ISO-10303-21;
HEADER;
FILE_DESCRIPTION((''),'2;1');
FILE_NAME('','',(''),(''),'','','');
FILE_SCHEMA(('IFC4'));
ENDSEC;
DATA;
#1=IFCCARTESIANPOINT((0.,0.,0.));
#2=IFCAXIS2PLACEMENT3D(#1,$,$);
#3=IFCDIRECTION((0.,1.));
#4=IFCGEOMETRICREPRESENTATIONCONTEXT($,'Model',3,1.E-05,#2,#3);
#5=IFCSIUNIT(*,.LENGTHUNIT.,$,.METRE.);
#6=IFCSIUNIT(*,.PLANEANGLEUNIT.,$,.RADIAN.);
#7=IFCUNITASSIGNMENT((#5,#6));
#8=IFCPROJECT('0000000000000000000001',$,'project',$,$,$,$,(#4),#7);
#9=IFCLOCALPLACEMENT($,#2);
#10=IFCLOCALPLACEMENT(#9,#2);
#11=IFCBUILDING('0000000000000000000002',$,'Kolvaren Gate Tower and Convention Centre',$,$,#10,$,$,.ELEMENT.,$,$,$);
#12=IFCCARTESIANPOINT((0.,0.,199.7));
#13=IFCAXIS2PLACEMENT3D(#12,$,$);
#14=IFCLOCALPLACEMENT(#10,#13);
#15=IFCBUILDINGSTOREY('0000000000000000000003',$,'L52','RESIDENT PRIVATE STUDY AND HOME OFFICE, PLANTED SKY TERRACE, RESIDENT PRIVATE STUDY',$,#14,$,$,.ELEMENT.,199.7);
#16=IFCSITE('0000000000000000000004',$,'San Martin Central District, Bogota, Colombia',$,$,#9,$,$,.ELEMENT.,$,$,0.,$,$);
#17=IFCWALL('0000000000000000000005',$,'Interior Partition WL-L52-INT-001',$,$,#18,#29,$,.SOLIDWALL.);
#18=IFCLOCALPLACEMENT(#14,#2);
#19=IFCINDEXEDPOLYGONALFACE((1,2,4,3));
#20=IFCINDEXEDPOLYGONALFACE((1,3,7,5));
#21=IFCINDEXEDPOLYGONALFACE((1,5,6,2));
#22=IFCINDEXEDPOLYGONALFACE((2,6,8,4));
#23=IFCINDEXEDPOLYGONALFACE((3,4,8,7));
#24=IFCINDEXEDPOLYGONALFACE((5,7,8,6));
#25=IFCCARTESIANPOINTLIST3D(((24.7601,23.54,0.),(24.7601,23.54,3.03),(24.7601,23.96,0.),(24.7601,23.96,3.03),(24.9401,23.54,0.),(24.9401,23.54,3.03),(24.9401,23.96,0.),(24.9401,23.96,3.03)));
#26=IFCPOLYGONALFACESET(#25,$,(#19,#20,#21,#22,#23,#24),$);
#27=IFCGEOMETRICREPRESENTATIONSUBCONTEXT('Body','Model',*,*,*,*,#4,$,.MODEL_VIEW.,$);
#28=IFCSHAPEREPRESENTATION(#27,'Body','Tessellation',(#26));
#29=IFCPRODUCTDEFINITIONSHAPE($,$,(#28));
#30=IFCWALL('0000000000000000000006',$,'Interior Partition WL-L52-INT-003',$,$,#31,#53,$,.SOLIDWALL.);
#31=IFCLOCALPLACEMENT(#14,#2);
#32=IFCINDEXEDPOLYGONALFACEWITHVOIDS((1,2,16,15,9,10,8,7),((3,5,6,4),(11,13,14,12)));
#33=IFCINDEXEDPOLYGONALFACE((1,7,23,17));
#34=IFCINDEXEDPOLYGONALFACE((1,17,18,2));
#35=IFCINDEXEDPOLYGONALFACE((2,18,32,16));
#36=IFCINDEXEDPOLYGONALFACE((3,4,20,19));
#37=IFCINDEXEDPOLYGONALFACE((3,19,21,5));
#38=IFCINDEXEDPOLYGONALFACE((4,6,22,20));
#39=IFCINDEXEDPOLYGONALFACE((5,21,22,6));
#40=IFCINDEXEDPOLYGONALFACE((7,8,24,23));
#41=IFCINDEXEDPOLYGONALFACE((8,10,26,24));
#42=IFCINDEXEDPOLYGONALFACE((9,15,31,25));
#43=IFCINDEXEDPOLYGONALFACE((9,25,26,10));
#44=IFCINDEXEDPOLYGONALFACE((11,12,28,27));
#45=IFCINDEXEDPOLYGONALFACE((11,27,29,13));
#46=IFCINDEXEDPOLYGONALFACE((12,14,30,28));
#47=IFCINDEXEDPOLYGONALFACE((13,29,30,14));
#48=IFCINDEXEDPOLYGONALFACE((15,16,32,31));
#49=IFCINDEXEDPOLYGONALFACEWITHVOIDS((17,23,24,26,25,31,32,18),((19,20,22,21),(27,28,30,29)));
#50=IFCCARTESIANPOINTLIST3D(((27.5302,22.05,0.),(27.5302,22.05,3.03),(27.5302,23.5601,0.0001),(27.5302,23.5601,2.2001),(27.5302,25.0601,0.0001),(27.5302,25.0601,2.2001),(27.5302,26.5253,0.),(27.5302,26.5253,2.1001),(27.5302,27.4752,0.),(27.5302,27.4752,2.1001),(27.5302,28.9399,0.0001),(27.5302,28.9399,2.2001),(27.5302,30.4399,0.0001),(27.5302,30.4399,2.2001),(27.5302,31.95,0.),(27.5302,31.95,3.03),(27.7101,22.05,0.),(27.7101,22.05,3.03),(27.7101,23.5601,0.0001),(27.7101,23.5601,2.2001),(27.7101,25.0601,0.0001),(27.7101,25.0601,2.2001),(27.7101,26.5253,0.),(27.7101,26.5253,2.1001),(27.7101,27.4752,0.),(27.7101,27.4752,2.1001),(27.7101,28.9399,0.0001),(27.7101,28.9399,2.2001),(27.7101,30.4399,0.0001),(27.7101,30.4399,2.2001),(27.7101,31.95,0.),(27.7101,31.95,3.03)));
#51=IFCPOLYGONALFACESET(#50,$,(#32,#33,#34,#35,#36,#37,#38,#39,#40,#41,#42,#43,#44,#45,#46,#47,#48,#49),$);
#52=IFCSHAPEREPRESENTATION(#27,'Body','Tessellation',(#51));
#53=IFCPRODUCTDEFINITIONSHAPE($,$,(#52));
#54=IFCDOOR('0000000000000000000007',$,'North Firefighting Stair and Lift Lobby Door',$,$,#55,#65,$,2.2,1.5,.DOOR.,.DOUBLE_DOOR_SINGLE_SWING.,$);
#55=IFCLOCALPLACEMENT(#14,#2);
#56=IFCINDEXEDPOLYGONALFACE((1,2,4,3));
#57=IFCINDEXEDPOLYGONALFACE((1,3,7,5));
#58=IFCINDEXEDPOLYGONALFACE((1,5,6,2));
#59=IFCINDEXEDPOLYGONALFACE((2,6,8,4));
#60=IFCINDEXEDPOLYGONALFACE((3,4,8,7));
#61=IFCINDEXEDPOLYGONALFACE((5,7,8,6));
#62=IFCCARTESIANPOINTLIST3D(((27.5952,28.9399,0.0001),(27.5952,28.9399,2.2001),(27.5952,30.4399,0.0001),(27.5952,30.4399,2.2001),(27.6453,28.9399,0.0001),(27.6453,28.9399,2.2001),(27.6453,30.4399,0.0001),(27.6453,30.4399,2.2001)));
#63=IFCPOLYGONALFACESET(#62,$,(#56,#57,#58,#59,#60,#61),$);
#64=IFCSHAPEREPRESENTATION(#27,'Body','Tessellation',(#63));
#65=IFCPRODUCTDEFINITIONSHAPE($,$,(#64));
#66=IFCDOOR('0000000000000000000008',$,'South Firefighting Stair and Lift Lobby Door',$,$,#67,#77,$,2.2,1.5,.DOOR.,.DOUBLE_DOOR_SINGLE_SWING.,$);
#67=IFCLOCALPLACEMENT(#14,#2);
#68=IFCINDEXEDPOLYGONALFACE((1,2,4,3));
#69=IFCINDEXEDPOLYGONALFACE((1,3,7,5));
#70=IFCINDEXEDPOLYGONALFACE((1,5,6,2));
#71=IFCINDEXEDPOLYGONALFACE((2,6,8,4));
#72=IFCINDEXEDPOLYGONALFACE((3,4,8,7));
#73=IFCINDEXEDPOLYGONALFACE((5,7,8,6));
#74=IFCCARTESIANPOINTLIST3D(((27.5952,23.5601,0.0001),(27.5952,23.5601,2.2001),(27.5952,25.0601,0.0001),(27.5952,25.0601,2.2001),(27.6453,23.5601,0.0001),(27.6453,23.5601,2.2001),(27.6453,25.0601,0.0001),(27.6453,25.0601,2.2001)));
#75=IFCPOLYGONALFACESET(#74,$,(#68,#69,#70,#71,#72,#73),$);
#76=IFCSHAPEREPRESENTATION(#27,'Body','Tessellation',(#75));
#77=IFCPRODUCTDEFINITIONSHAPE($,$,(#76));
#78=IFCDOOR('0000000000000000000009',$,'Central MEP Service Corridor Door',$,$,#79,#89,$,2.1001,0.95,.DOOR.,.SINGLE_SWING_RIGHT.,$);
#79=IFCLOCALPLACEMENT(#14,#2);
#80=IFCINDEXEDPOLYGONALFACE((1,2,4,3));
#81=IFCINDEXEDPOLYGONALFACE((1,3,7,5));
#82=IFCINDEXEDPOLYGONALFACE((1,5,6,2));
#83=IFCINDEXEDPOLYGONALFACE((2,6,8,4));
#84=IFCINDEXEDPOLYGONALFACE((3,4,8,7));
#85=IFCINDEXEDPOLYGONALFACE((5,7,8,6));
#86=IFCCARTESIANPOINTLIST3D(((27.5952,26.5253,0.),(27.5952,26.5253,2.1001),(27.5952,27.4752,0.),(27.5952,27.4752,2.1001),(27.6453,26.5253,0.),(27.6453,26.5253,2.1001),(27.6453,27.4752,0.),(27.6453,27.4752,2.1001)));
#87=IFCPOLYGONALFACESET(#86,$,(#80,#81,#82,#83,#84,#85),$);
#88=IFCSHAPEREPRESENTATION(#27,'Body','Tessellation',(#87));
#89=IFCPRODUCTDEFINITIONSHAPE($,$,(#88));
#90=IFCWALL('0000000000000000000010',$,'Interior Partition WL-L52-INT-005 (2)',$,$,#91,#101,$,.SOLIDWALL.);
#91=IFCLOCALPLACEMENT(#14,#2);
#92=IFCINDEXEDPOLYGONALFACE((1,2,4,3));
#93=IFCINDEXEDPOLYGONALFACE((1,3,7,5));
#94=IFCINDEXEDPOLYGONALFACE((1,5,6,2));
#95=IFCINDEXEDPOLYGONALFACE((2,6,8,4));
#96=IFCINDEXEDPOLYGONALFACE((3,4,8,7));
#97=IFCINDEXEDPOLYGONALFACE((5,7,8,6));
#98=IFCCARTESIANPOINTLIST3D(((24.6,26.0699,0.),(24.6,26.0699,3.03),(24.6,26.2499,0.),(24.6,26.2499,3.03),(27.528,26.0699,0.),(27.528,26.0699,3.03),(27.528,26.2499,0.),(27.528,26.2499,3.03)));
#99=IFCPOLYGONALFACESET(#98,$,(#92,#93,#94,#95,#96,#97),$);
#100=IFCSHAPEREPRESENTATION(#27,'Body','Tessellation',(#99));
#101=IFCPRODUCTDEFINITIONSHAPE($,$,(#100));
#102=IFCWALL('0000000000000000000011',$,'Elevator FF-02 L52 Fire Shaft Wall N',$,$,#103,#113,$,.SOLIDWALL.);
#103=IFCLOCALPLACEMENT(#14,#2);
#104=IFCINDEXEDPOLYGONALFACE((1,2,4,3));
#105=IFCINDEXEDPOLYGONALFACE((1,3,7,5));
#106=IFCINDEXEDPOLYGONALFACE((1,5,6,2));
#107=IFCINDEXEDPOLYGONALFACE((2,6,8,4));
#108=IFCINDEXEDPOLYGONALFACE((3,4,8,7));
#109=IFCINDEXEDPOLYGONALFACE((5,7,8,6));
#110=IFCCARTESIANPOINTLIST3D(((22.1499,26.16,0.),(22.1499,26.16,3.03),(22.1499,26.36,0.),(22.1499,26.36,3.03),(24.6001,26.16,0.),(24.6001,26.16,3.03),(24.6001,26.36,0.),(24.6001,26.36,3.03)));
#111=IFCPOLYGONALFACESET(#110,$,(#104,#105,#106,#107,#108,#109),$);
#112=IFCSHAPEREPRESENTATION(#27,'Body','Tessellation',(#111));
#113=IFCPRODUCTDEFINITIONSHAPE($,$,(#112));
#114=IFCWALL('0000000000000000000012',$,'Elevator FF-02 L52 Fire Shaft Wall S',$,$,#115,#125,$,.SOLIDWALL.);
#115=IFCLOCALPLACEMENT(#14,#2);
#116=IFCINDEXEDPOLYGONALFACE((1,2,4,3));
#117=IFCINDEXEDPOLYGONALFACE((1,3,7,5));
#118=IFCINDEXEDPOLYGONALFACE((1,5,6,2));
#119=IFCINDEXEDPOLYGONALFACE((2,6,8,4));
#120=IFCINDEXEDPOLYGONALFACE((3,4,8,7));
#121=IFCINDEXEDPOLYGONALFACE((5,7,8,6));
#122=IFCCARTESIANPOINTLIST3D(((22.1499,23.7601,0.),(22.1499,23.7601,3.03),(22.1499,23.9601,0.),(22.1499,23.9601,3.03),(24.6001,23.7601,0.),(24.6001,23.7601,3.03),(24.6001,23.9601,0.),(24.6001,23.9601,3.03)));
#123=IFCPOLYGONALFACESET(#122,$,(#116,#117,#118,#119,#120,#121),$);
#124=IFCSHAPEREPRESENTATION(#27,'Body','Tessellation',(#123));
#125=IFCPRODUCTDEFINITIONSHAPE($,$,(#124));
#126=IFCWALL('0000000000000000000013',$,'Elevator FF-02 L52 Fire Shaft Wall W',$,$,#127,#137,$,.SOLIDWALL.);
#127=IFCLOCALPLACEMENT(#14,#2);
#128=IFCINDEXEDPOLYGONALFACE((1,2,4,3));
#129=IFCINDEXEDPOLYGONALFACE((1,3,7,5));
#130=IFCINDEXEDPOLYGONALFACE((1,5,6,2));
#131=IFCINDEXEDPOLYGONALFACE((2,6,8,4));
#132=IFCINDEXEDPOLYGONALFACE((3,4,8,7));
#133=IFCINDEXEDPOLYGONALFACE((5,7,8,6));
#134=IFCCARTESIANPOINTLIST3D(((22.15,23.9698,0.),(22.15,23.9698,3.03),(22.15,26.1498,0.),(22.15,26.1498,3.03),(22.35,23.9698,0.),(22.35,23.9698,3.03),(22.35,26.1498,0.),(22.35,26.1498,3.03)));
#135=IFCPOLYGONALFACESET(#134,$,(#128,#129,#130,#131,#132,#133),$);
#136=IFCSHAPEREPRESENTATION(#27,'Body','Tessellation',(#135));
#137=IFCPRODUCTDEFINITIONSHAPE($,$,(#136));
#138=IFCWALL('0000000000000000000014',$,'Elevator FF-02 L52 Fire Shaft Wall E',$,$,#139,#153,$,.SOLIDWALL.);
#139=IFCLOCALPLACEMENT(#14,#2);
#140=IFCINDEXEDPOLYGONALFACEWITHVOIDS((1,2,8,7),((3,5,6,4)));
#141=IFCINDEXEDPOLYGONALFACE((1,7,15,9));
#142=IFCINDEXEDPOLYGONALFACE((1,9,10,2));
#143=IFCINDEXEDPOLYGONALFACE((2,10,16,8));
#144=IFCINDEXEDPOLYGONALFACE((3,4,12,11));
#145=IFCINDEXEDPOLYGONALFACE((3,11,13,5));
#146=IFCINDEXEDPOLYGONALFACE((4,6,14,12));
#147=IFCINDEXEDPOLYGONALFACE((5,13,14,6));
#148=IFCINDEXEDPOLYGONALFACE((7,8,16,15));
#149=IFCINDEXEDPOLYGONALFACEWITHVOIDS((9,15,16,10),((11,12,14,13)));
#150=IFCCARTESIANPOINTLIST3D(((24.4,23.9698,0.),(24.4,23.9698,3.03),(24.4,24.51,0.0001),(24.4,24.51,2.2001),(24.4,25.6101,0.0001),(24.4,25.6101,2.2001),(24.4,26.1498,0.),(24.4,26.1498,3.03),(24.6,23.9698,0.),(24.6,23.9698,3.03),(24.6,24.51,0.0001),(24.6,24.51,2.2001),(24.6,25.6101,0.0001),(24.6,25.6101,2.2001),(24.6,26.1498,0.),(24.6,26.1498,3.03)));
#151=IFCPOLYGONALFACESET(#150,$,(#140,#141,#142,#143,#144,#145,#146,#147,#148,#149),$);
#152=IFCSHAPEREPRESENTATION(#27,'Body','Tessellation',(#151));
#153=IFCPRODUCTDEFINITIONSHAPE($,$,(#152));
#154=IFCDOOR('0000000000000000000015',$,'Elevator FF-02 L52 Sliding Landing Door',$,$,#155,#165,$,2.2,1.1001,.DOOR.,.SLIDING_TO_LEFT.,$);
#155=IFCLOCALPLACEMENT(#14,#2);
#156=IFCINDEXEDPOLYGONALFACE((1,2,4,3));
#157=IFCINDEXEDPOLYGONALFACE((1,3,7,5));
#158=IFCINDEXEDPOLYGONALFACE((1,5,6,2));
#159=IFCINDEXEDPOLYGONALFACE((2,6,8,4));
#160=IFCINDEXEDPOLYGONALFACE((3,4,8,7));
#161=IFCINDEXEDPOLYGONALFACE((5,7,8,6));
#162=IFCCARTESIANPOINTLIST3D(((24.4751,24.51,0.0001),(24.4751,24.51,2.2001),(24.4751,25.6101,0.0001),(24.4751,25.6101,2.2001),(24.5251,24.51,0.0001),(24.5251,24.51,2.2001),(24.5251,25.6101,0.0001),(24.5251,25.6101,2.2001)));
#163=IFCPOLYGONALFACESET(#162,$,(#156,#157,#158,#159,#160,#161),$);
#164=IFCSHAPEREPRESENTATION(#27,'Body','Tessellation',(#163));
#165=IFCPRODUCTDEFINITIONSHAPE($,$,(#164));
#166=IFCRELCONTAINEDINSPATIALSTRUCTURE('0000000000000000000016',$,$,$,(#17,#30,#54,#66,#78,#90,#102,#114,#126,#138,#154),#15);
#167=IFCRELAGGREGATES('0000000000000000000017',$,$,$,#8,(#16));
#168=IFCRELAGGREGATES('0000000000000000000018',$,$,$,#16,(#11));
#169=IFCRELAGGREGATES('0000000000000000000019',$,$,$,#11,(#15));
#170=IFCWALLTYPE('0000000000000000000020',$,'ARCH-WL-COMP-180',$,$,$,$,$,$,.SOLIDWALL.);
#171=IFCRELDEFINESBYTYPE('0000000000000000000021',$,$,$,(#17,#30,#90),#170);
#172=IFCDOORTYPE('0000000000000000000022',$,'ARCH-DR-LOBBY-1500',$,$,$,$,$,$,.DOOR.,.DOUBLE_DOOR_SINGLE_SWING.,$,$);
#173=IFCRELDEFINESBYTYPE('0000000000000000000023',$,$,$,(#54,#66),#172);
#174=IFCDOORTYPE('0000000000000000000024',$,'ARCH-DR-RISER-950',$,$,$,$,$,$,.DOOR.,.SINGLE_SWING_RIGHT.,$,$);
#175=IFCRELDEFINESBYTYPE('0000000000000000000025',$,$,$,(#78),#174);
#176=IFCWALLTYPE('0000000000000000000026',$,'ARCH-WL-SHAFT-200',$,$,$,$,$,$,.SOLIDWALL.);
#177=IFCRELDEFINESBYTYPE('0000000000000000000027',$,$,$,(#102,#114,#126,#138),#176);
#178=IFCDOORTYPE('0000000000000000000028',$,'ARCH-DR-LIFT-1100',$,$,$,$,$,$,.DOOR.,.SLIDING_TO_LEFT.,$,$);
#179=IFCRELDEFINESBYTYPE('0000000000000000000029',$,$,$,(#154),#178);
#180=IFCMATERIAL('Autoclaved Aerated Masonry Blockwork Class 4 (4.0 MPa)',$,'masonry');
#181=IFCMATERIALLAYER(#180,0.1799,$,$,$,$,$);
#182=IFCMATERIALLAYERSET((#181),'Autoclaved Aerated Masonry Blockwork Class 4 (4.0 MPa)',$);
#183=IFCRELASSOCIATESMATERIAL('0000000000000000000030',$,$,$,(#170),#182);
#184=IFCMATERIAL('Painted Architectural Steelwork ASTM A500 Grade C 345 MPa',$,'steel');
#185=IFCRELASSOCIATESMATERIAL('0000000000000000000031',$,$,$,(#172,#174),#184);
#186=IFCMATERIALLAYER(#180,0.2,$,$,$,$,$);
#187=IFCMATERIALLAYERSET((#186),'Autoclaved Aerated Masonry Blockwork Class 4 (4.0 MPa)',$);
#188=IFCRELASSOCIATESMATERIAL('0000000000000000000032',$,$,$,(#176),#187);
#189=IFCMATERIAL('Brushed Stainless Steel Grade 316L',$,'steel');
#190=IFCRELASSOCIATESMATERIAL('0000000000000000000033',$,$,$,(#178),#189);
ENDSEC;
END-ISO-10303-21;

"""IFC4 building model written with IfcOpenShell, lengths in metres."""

from ifc_helpers import new_model, si_unit, direction, frame, frame_2d, origin, place, context, subcontext, project, spatial, rectangle, extrude, material, layer, layer_set, type_object, element, fill, save


model = new_model("IFC4")

# Units and contexts
model_context = context("Model", 3, precision=1e-05, world=origin(), true_north=direction((0.0, 1.0)))
body_context = subcontext(model_context, "Body", "Model", "MODEL_VIEW")
ifc_project = project(units=[si_unit("LENGTHUNIT", "METRE"), si_unit("PLANEANGLEUNIT", "RADIAN")], contexts=[model_context])

# Site, building, storey
site_placement = place(None, origin())
site = spatial("IfcSite", under=ifc_project, at=site_placement, Name="San Martin Central District, Bogota, Colombia", CompositionType="ELEMENT", RefElevation=0.0)
building_placement = place(site_placement, origin())
building = spatial("IfcBuilding", under=site, at=building_placement, Name="Kolvaren Gate Tower and Convention Centre", CompositionType="ELEMENT")
storey_placement = place(building_placement, frame((0.0, 0.0, 199.7)))
storey = spatial("IfcBuildingStorey", under=building, at=storey_placement, Name="L52", Description="RESIDENT PRIVATE STUDY AND HOME OFFICE, PLANTED SKY TERRACE, RESIDENT PRIVATE STUDY", CompositionType="ELEMENT", Elevation=199.7)

# Wall
ifc_material_1 = material(Name="Autoclaved Aerated Masonry Blockwork Class 4 (4.0 MPa)", Category="masonry")
ifc_layer_1 = layer(ifc_material_1, 0.1799)
ifc_layer_set_1 = layer_set([ifc_layer_1], Name="Autoclaved Aerated Masonry Blockwork Class 4 (4.0 MPa)")
wall_type_1 = type_object("IfcWallType", Name="ARCH-WL-COMP-180", PredefinedType="SOLIDWALL", material=ifc_layer_set_1)
wall_1_placement = place(storey_placement, frame((24.8501, 23.54, 0.0), z_axis=(0.0, 0.0, 1.0), x_axis=(0.0, 1.0, 0.0)))
element("IfcWall", 1, at=wall_1_placement, inside=storey, type_object=wall_type_1, Name="Interior Partition WL-L52-INT-001", PredefinedType="SOLIDWALL", context=body_context, shape_type="SweptSolid", body=[
    extrude(rectangle(XDim=0.4199, YDim=0.1799, at=frame_2d((0.21, 0.0))), origin(), (0.0, 0.0, 1.0), 3.03),
])

# Wall, openings, doors
wall_2_placement = place(storey_placement, frame((27.6201, 22.05, 0.0), z_axis=(0.0, 0.0, 1.0), x_axis=(0.0, 1.0, 0.0)))
wall_2 = element("IfcWall", 2, at=wall_2_placement, inside=storey, type_object=wall_type_1, Name="Interior Partition WL-L52-INT-003", PredefinedType="SOLIDWALL", context=body_context, shape_type="SweptSolid", body=[
    extrude(rectangle(XDim=9.8999, YDim=0.1799, at=frame_2d((4.95, 0.0))), origin(), (0.0, 0.0, 1.0), 3.03),
])
opening_1_placement = place(wall_2_placement, frame((4.4751, 0.0, 0.0)))
opening_1 = element("IfcOpeningElement", 3, at=opening_1_placement, cuts=wall_2, PredefinedType="OPENING", context=body_context, shape_type="SweptSolid", body=[
    extrude(rectangle(XDim=0.95, YDim=2.1001, at=frame_2d((0.4751, 1.05))), frame((0.0, 0.0999, 0.0), z_axis=(0.0, -1.0, 0.0), x_axis=(1.0, 0.0, 0.0)), (0.0, 0.0, 1.0), 0.2),
])
opening_2_placement = place(wall_2_placement, frame((6.8899, 0.0, 0.0)))
opening_2 = element("IfcOpeningElement", 4, at=opening_2_placement, cuts=wall_2, PredefinedType="OPENING", context=body_context, shape_type="SweptSolid", body=[
    extrude(rectangle(XDim=1.5, YDim=2.2, at=frame_2d((0.75, 1.1001))), frame((0.0, 0.0999, 0.0), z_axis=(0.0, -1.0, 0.0), x_axis=(1.0, 0.0, 0.0)), (0.0, 0.0, 1.0), 0.2),
])
opening_3_placement = place(wall_2_placement, frame((1.51, 0.0, 0.0)))
opening_3 = element("IfcOpeningElement", 5, at=opening_3_placement, cuts=wall_2, PredefinedType="OPENING", context=body_context, shape_type="SweptSolid", body=[
    extrude(rectangle(XDim=1.5, YDim=2.2, at=frame_2d((0.75, 1.1001))), frame((0.0, 0.0999, 0.0), z_axis=(0.0, -1.0, 0.0), x_axis=(1.0, 0.0, 0.0)), (0.0, 0.0, 1.0), 0.2),
])
ifc_material_2 = material(Name="Painted Architectural Steelwork ASTM A500 Grade C 345 MPa", Category="steel")
door_type_1 = type_object("IfcDoorType", Name="ARCH-DR-LOBBY-1500", OperationType="DOUBLE_DOOR_SINGLE_SWING", PredefinedType="DOOR", material=ifc_material_2)
door_1_placement = place(opening_2_placement, origin())
door_1 = element("IfcDoor", 6, at=door_1_placement, inside=storey, type_object=door_type_1, Name="North Firefighting Stair and Lift Lobby Door", OperationType="DOUBLE_DOOR_SINGLE_SWING", OverallHeight=2.2, OverallWidth=1.5, PredefinedType="DOOR", context=body_context, shape_type="SweptSolid", body=[
    extrude(rectangle(XDim=1.5, YDim=2.2, at=frame_2d((0.75, 1.1001))), frame((0.0, 0.0249, 0.0), z_axis=(0.0, -1.0, 0.0), x_axis=(1.0, 0.0, 0.0)), (0.0, 0.0, 1.0), 0.05),
])
fill(opening_2, door_1)
door_2_placement = place(opening_3_placement, origin())
door_2 = element("IfcDoor", 7, at=door_2_placement, inside=storey, type_object=door_type_1, Name="South Firefighting Stair and Lift Lobby Door", OperationType="DOUBLE_DOOR_SINGLE_SWING", OverallHeight=2.2, OverallWidth=1.5, PredefinedType="DOOR", context=body_context, shape_type="SweptSolid", body=[
    extrude(rectangle(XDim=1.5, YDim=2.2, at=frame_2d((0.75, 1.1001))), frame((0.0, 0.0249, 0.0), z_axis=(0.0, -1.0, 0.0), x_axis=(1.0, 0.0, 0.0)), (0.0, 0.0, 1.0), 0.05),
])
fill(opening_3, door_2)
door_type_2 = type_object("IfcDoorType", Name="ARCH-DR-RISER-950", OperationType="SINGLE_SWING_RIGHT", PredefinedType="DOOR", material=ifc_material_2)
door_3_placement = place(opening_1_placement, origin())
door_3 = element("IfcDoor", 8, at=door_3_placement, inside=storey, type_object=door_type_2, Name="Central MEP Service Corridor Door", OperationType="SINGLE_SWING_RIGHT", OverallHeight=2.1001, OverallWidth=0.95, PredefinedType="DOOR", context=body_context, shape_type="SweptSolid", body=[
    extrude(rectangle(XDim=0.95, YDim=2.1001, at=frame_2d((0.4751, 1.05))), frame((0.0, 0.0249, 0.0), z_axis=(0.0, -1.0, 0.0), x_axis=(1.0, 0.0, 0.0)), (0.0, 0.0, 1.0), 0.05),
])
fill(opening_1, door_3)

# Walls
wall_3_placement = place(storey_placement, frame((24.6001, 26.1599, 0.0), z_axis=(0.0, 0.0, 1.0), x_axis=(1.0, 0.0, 0.0)))
element("IfcWall", 9, at=wall_3_placement, inside=storey, type_object=wall_type_1, Name="Interior Partition WL-L52-INT-005 (2)", PredefinedType="SOLIDWALL", context=body_context, shape_type="SweptSolid", body=[
    extrude(rectangle(XDim=2.928, YDim=0.1799, at=frame_2d((1.4639, 0.0))), origin(), (0.0, 0.0, 1.0), 3.03),
])
ifc_layer_2 = layer(ifc_material_1, 0.2)
ifc_layer_set_2 = layer_set([ifc_layer_2], Name="Autoclaved Aerated Masonry Blockwork Class 4 (4.0 MPa)")
wall_type_2 = type_object("IfcWallType", Name="ARCH-WL-SHAFT-200", PredefinedType="SOLIDWALL", material=ifc_layer_set_2)
for number, where, z_axis, x_axis, name in (
    (10, (22.1499, 26.26, 0.0), (0.0, 0.0, 1.0), (1.0, 0.0, 0.0), "Elevator FF-02 L52 Fire Shaft Wall N"),
    (11, (22.1499, 23.8601, 0.0), (0.0, 0.0, 1.0), (1.0, 0.0, 0.0), "Elevator FF-02 L52 Fire Shaft Wall S"),
):
    element("IfcWall", number, at=place(storey_placement, frame(where, z_axis=z_axis, x_axis=x_axis)), inside=storey, type_object=wall_type_2, Name=name, PredefinedType="SOLIDWALL", context=body_context, shape_type="SweptSolid", body=[
        extrude(rectangle(XDim=2.4502, YDim=0.2, at=frame_2d((1.2251, 0.0))), origin(), (0.0, 0.0, 1.0), 3.03),
    ])
wall_4_placement = place(storey_placement, frame((22.25, 23.97, 0.0), z_axis=(0.0, 0.0, 1.0), x_axis=(0.0, 1.0, 0.0)))
element("IfcWall", 12, at=wall_4_placement, inside=storey, type_object=wall_type_2, Name="Elevator FF-02 L52 Fire Shaft Wall W", PredefinedType="SOLIDWALL", context=body_context, shape_type="SweptSolid", body=[
    extrude(rectangle(XDim=2.1799, YDim=0.2, at=frame_2d((1.0898, 0.0))), origin(), (0.0, 0.0, 1.0), 3.03),
])

# Wall, opening, door
wall_5_placement = place(storey_placement, frame((24.5, 23.97, 0.0), z_axis=(0.0, 0.0, 1.0), x_axis=(0.0, 1.0, 0.0)))
wall_5 = element("IfcWall", 13, at=wall_5_placement, inside=storey, type_object=wall_type_2, Name="Elevator FF-02 L52 Fire Shaft Wall E", PredefinedType="SOLIDWALL", context=body_context, shape_type="SweptSolid", body=[
    extrude(rectangle(XDim=2.1799, YDim=0.2, at=frame_2d((1.0898, 0.0))), origin(), (0.0, 0.0, 1.0), 3.03),
])
opening_4_placement = place(wall_5_placement, frame((0.54, 0.0, 0.0)))
opening_4 = element("IfcOpeningElement", 14, at=opening_4_placement, cuts=wall_5, PredefinedType="OPENING", context=body_context, shape_type="SweptSolid", body=[
    extrude(rectangle(XDim=1.1001, YDim=2.2, at=frame_2d((0.55, 1.1001))), frame((0.0, 0.1099, 0.0), z_axis=(0.0, -1.0, 0.0), x_axis=(1.0, 0.0, 0.0)), (0.0, 0.0, 1.0), 0.22),
])
ifc_material_3 = material(Name="Brushed Stainless Steel Grade 316L", Category="steel")
door_type_3 = type_object("IfcDoorType", Name="ARCH-DR-LIFT-1100", OperationType="SLIDING_TO_LEFT", PredefinedType="DOOR", material=ifc_material_3)
door_4_placement = place(opening_4_placement, origin())
door_4 = element("IfcDoor", 15, at=door_4_placement, inside=storey, type_object=door_type_3, Name="Elevator FF-02 L52 Sliding Landing Door", OperationType="SLIDING_TO_LEFT", OverallHeight=2.2, OverallWidth=1.1001, PredefinedType="DOOR", context=body_context, shape_type="SweptSolid", body=[
    extrude(rectangle(XDim=1.1001, YDim=2.2, at=frame_2d((0.55, 1.1001))), frame((0.0, 0.0249, 0.0), z_axis=(0.0, -1.0, 0.0), x_axis=(1.0, 0.0, 0.0)), (0.0, 0.0, 1.0), 0.05),
])
fill(opening_4, door_4)

save(model, "model.ifc")
